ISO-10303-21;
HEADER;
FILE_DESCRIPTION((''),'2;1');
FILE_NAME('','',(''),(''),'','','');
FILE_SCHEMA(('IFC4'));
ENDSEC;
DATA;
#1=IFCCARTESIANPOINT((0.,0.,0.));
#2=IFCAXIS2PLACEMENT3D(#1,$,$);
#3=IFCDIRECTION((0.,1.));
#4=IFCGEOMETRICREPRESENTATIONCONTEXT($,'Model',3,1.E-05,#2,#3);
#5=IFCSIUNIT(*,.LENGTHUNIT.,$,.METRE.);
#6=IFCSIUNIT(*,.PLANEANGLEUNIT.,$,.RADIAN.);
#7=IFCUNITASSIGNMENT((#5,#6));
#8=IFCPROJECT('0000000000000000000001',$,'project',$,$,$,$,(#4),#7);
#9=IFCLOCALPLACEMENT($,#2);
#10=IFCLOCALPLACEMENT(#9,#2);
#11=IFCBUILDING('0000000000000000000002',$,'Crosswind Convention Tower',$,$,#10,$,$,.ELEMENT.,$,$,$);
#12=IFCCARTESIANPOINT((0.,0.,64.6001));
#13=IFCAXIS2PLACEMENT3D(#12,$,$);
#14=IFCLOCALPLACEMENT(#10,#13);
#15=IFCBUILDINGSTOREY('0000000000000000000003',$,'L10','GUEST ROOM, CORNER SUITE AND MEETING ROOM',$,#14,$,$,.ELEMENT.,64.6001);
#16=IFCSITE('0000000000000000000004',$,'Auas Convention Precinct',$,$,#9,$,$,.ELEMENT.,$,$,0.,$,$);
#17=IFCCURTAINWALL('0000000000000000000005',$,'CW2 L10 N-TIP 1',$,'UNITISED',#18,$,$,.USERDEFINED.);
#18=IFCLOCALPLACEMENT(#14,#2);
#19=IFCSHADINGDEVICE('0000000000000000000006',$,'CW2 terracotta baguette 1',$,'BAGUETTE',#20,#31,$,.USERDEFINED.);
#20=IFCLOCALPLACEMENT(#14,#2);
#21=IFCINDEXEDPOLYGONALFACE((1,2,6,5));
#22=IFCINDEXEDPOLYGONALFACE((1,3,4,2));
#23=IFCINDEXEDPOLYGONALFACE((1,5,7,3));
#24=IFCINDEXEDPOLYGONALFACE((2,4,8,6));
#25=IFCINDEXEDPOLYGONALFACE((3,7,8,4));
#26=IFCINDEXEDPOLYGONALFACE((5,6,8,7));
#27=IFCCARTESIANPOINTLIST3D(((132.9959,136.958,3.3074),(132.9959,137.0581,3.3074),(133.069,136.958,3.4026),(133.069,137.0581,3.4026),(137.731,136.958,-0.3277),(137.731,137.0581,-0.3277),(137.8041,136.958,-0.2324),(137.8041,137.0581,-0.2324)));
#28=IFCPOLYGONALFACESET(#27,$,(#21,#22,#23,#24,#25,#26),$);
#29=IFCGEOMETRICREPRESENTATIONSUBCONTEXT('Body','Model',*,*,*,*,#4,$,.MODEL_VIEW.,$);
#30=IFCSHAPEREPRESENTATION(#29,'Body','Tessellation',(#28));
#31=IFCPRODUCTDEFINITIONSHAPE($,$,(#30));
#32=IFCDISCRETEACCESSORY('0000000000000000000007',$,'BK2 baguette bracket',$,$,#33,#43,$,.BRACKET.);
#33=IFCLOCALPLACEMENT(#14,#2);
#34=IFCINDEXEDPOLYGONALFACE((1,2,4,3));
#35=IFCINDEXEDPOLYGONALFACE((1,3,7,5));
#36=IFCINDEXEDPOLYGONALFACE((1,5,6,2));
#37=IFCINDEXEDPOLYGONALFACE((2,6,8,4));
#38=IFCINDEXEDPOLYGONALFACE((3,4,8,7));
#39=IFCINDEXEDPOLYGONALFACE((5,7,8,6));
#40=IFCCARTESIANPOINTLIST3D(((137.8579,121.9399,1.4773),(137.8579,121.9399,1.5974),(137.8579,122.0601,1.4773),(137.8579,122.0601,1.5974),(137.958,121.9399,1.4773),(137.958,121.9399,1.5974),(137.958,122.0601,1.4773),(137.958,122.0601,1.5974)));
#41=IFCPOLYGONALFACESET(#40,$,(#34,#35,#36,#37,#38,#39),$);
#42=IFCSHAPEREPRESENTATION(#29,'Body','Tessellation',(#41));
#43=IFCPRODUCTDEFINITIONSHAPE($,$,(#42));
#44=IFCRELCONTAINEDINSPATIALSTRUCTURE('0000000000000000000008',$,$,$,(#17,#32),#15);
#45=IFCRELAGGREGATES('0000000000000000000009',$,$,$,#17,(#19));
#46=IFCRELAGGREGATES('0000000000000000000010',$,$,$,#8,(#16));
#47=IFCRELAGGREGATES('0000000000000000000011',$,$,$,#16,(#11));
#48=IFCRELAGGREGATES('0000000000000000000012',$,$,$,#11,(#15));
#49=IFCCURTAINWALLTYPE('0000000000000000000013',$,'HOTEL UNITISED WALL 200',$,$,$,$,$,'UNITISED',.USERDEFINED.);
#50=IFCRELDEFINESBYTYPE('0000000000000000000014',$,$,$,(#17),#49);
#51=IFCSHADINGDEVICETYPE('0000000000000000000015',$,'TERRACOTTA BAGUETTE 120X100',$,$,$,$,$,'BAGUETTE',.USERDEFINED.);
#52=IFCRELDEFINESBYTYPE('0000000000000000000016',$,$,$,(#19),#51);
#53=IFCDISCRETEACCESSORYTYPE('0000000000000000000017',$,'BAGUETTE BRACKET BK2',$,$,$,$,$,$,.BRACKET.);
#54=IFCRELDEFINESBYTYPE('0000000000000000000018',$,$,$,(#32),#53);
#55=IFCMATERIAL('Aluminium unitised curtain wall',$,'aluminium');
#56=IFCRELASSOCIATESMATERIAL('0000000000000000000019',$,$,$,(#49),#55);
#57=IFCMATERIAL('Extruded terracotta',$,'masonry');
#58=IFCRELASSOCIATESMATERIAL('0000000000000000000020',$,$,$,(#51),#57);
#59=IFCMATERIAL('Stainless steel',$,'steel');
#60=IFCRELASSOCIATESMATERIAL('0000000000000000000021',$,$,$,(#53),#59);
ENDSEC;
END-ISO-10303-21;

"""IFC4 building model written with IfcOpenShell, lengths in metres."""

from ifc_helpers import new_model, si_unit, direction, frame, origin, origin_2d, place, context, subcontext, project, spatial, rectangle, extrude, material, material_profile, profile_set, type_object, element, aggregate, save


model = new_model("IFC4")

# Units and contexts
model_context = context("Model", 3, precision=1e-05, world=origin(), true_north=direction((0.0, 1.0)))
body_context = subcontext(model_context, "Body", "Model", "MODEL_VIEW")
ifc_project = project(units=[si_unit("LENGTHUNIT", "METRE"), si_unit("PLANEANGLEUNIT", "RADIAN")], contexts=[model_context])

# Site, building, storey
site_placement = place(None, origin())
site = spatial("IfcSite", under=ifc_project, at=site_placement, Name="Auas Convention Precinct", CompositionType="ELEMENT", RefElevation=0.0)
building_placement = place(site_placement, origin())
building = spatial("IfcBuilding", under=site, at=building_placement, Name="Crosswind Convention Tower", CompositionType="ELEMENT")
storey_placement = place(building_placement, frame((0.0, 0.0, 64.6001)))
storey = spatial("IfcBuildingStorey", under=building, at=storey_placement, Name="L10", Description="GUEST ROOM, CORNER SUITE AND MEETING ROOM", CompositionType="ELEMENT", Elevation=64.6001)

# Shared definitions
ifc_material_1 = material(Name="Aluminium unitised curtain wall", Category="aluminium")

# Shared definitions
curtain_wall_type_1 = type_object("IfcCurtainWallType", Name="HOTEL UNITISED WALL 200", ElementType="UNITISED", PredefinedType="USERDEFINED", material=ifc_material_1)

# Curtain wall
curtain_wall_1_placement = place(storey_placement, origin())
curtain_wall_1 = element("IfcCurtainWall", 1, at=curtain_wall_1_placement, inside=storey, type_object=curtain_wall_type_1, Name="CW2 L10 N-TIP 1", ObjectType="UNITISED", PredefinedType="USERDEFINED")

# Shading device
ifc_material_2 = material(Name="Extruded terracotta", Category="masonry")
ifc_material_profile_1 = material_profile(ifc_material_2, rectangle(XDim=0.1001, YDim=0.1201, at=origin_2d()), Name="TC 100X120")
ifc_profile_set_1 = profile_set([ifc_material_profile_1], Name="Extruded terracotta")
shading_device_type = type_object("IfcShadingDeviceType", Name="TERRACOTTA BAGUETTE 120X100", ElementType="BAGUETTE", PredefinedType="USERDEFINED", material=ifc_profile_set_1)
shading_device_1_placement = place(storey_placement, frame((137.7676, 137.0081, -0.28), z_axis=(-0.793221, 0.0, 0.608934), x_axis=(0.0, -1.0, 0.0)))
shading_device_1 = element("IfcShadingDevice", 2, at=shading_device_1_placement, type_object=shading_device_type, Name="CW2 terracotta baguette 1", ObjectType="BAGUETTE", PredefinedType="USERDEFINED", context=body_context, shape_type="SweptSolid", body=[
    extrude(rectangle(XDim=0.1001, YDim=0.1201, at=origin_2d()), origin(), (0.0, 0.0, 1.0), 5.9695),
])
aggregate(curtain_wall_1, [shading_device_1])

# Discrete accessory
ifc_material_3 = material(Name="Stainless steel", Category="steel")
discrete_accessory_type = type_object("IfcDiscreteAccessoryType", Name="BAGUETTE BRACKET BK2", PredefinedType="BRACKET", material=ifc_material_3)
discrete_accessory_placement = place(storey_placement, frame((137.908, 122.0, 1.4773), z_axis=(0.0, 0.0, 1.0), x_axis=(0.0, 1.0, 0.0)))
element("IfcDiscreteAccessory", 3, at=discrete_accessory_placement, inside=storey, type_object=discrete_accessory_type, Name="BK2 baguette bracket", PredefinedType="BRACKET", context=body_context, shape_type="SweptSolid", body=[
    extrude(rectangle(XDim=0.1201, YDim=0.1001, at=origin_2d()), origin(), (0.0, 0.0, 1.0), 0.1201),
])

save(model, "model.ifc")
